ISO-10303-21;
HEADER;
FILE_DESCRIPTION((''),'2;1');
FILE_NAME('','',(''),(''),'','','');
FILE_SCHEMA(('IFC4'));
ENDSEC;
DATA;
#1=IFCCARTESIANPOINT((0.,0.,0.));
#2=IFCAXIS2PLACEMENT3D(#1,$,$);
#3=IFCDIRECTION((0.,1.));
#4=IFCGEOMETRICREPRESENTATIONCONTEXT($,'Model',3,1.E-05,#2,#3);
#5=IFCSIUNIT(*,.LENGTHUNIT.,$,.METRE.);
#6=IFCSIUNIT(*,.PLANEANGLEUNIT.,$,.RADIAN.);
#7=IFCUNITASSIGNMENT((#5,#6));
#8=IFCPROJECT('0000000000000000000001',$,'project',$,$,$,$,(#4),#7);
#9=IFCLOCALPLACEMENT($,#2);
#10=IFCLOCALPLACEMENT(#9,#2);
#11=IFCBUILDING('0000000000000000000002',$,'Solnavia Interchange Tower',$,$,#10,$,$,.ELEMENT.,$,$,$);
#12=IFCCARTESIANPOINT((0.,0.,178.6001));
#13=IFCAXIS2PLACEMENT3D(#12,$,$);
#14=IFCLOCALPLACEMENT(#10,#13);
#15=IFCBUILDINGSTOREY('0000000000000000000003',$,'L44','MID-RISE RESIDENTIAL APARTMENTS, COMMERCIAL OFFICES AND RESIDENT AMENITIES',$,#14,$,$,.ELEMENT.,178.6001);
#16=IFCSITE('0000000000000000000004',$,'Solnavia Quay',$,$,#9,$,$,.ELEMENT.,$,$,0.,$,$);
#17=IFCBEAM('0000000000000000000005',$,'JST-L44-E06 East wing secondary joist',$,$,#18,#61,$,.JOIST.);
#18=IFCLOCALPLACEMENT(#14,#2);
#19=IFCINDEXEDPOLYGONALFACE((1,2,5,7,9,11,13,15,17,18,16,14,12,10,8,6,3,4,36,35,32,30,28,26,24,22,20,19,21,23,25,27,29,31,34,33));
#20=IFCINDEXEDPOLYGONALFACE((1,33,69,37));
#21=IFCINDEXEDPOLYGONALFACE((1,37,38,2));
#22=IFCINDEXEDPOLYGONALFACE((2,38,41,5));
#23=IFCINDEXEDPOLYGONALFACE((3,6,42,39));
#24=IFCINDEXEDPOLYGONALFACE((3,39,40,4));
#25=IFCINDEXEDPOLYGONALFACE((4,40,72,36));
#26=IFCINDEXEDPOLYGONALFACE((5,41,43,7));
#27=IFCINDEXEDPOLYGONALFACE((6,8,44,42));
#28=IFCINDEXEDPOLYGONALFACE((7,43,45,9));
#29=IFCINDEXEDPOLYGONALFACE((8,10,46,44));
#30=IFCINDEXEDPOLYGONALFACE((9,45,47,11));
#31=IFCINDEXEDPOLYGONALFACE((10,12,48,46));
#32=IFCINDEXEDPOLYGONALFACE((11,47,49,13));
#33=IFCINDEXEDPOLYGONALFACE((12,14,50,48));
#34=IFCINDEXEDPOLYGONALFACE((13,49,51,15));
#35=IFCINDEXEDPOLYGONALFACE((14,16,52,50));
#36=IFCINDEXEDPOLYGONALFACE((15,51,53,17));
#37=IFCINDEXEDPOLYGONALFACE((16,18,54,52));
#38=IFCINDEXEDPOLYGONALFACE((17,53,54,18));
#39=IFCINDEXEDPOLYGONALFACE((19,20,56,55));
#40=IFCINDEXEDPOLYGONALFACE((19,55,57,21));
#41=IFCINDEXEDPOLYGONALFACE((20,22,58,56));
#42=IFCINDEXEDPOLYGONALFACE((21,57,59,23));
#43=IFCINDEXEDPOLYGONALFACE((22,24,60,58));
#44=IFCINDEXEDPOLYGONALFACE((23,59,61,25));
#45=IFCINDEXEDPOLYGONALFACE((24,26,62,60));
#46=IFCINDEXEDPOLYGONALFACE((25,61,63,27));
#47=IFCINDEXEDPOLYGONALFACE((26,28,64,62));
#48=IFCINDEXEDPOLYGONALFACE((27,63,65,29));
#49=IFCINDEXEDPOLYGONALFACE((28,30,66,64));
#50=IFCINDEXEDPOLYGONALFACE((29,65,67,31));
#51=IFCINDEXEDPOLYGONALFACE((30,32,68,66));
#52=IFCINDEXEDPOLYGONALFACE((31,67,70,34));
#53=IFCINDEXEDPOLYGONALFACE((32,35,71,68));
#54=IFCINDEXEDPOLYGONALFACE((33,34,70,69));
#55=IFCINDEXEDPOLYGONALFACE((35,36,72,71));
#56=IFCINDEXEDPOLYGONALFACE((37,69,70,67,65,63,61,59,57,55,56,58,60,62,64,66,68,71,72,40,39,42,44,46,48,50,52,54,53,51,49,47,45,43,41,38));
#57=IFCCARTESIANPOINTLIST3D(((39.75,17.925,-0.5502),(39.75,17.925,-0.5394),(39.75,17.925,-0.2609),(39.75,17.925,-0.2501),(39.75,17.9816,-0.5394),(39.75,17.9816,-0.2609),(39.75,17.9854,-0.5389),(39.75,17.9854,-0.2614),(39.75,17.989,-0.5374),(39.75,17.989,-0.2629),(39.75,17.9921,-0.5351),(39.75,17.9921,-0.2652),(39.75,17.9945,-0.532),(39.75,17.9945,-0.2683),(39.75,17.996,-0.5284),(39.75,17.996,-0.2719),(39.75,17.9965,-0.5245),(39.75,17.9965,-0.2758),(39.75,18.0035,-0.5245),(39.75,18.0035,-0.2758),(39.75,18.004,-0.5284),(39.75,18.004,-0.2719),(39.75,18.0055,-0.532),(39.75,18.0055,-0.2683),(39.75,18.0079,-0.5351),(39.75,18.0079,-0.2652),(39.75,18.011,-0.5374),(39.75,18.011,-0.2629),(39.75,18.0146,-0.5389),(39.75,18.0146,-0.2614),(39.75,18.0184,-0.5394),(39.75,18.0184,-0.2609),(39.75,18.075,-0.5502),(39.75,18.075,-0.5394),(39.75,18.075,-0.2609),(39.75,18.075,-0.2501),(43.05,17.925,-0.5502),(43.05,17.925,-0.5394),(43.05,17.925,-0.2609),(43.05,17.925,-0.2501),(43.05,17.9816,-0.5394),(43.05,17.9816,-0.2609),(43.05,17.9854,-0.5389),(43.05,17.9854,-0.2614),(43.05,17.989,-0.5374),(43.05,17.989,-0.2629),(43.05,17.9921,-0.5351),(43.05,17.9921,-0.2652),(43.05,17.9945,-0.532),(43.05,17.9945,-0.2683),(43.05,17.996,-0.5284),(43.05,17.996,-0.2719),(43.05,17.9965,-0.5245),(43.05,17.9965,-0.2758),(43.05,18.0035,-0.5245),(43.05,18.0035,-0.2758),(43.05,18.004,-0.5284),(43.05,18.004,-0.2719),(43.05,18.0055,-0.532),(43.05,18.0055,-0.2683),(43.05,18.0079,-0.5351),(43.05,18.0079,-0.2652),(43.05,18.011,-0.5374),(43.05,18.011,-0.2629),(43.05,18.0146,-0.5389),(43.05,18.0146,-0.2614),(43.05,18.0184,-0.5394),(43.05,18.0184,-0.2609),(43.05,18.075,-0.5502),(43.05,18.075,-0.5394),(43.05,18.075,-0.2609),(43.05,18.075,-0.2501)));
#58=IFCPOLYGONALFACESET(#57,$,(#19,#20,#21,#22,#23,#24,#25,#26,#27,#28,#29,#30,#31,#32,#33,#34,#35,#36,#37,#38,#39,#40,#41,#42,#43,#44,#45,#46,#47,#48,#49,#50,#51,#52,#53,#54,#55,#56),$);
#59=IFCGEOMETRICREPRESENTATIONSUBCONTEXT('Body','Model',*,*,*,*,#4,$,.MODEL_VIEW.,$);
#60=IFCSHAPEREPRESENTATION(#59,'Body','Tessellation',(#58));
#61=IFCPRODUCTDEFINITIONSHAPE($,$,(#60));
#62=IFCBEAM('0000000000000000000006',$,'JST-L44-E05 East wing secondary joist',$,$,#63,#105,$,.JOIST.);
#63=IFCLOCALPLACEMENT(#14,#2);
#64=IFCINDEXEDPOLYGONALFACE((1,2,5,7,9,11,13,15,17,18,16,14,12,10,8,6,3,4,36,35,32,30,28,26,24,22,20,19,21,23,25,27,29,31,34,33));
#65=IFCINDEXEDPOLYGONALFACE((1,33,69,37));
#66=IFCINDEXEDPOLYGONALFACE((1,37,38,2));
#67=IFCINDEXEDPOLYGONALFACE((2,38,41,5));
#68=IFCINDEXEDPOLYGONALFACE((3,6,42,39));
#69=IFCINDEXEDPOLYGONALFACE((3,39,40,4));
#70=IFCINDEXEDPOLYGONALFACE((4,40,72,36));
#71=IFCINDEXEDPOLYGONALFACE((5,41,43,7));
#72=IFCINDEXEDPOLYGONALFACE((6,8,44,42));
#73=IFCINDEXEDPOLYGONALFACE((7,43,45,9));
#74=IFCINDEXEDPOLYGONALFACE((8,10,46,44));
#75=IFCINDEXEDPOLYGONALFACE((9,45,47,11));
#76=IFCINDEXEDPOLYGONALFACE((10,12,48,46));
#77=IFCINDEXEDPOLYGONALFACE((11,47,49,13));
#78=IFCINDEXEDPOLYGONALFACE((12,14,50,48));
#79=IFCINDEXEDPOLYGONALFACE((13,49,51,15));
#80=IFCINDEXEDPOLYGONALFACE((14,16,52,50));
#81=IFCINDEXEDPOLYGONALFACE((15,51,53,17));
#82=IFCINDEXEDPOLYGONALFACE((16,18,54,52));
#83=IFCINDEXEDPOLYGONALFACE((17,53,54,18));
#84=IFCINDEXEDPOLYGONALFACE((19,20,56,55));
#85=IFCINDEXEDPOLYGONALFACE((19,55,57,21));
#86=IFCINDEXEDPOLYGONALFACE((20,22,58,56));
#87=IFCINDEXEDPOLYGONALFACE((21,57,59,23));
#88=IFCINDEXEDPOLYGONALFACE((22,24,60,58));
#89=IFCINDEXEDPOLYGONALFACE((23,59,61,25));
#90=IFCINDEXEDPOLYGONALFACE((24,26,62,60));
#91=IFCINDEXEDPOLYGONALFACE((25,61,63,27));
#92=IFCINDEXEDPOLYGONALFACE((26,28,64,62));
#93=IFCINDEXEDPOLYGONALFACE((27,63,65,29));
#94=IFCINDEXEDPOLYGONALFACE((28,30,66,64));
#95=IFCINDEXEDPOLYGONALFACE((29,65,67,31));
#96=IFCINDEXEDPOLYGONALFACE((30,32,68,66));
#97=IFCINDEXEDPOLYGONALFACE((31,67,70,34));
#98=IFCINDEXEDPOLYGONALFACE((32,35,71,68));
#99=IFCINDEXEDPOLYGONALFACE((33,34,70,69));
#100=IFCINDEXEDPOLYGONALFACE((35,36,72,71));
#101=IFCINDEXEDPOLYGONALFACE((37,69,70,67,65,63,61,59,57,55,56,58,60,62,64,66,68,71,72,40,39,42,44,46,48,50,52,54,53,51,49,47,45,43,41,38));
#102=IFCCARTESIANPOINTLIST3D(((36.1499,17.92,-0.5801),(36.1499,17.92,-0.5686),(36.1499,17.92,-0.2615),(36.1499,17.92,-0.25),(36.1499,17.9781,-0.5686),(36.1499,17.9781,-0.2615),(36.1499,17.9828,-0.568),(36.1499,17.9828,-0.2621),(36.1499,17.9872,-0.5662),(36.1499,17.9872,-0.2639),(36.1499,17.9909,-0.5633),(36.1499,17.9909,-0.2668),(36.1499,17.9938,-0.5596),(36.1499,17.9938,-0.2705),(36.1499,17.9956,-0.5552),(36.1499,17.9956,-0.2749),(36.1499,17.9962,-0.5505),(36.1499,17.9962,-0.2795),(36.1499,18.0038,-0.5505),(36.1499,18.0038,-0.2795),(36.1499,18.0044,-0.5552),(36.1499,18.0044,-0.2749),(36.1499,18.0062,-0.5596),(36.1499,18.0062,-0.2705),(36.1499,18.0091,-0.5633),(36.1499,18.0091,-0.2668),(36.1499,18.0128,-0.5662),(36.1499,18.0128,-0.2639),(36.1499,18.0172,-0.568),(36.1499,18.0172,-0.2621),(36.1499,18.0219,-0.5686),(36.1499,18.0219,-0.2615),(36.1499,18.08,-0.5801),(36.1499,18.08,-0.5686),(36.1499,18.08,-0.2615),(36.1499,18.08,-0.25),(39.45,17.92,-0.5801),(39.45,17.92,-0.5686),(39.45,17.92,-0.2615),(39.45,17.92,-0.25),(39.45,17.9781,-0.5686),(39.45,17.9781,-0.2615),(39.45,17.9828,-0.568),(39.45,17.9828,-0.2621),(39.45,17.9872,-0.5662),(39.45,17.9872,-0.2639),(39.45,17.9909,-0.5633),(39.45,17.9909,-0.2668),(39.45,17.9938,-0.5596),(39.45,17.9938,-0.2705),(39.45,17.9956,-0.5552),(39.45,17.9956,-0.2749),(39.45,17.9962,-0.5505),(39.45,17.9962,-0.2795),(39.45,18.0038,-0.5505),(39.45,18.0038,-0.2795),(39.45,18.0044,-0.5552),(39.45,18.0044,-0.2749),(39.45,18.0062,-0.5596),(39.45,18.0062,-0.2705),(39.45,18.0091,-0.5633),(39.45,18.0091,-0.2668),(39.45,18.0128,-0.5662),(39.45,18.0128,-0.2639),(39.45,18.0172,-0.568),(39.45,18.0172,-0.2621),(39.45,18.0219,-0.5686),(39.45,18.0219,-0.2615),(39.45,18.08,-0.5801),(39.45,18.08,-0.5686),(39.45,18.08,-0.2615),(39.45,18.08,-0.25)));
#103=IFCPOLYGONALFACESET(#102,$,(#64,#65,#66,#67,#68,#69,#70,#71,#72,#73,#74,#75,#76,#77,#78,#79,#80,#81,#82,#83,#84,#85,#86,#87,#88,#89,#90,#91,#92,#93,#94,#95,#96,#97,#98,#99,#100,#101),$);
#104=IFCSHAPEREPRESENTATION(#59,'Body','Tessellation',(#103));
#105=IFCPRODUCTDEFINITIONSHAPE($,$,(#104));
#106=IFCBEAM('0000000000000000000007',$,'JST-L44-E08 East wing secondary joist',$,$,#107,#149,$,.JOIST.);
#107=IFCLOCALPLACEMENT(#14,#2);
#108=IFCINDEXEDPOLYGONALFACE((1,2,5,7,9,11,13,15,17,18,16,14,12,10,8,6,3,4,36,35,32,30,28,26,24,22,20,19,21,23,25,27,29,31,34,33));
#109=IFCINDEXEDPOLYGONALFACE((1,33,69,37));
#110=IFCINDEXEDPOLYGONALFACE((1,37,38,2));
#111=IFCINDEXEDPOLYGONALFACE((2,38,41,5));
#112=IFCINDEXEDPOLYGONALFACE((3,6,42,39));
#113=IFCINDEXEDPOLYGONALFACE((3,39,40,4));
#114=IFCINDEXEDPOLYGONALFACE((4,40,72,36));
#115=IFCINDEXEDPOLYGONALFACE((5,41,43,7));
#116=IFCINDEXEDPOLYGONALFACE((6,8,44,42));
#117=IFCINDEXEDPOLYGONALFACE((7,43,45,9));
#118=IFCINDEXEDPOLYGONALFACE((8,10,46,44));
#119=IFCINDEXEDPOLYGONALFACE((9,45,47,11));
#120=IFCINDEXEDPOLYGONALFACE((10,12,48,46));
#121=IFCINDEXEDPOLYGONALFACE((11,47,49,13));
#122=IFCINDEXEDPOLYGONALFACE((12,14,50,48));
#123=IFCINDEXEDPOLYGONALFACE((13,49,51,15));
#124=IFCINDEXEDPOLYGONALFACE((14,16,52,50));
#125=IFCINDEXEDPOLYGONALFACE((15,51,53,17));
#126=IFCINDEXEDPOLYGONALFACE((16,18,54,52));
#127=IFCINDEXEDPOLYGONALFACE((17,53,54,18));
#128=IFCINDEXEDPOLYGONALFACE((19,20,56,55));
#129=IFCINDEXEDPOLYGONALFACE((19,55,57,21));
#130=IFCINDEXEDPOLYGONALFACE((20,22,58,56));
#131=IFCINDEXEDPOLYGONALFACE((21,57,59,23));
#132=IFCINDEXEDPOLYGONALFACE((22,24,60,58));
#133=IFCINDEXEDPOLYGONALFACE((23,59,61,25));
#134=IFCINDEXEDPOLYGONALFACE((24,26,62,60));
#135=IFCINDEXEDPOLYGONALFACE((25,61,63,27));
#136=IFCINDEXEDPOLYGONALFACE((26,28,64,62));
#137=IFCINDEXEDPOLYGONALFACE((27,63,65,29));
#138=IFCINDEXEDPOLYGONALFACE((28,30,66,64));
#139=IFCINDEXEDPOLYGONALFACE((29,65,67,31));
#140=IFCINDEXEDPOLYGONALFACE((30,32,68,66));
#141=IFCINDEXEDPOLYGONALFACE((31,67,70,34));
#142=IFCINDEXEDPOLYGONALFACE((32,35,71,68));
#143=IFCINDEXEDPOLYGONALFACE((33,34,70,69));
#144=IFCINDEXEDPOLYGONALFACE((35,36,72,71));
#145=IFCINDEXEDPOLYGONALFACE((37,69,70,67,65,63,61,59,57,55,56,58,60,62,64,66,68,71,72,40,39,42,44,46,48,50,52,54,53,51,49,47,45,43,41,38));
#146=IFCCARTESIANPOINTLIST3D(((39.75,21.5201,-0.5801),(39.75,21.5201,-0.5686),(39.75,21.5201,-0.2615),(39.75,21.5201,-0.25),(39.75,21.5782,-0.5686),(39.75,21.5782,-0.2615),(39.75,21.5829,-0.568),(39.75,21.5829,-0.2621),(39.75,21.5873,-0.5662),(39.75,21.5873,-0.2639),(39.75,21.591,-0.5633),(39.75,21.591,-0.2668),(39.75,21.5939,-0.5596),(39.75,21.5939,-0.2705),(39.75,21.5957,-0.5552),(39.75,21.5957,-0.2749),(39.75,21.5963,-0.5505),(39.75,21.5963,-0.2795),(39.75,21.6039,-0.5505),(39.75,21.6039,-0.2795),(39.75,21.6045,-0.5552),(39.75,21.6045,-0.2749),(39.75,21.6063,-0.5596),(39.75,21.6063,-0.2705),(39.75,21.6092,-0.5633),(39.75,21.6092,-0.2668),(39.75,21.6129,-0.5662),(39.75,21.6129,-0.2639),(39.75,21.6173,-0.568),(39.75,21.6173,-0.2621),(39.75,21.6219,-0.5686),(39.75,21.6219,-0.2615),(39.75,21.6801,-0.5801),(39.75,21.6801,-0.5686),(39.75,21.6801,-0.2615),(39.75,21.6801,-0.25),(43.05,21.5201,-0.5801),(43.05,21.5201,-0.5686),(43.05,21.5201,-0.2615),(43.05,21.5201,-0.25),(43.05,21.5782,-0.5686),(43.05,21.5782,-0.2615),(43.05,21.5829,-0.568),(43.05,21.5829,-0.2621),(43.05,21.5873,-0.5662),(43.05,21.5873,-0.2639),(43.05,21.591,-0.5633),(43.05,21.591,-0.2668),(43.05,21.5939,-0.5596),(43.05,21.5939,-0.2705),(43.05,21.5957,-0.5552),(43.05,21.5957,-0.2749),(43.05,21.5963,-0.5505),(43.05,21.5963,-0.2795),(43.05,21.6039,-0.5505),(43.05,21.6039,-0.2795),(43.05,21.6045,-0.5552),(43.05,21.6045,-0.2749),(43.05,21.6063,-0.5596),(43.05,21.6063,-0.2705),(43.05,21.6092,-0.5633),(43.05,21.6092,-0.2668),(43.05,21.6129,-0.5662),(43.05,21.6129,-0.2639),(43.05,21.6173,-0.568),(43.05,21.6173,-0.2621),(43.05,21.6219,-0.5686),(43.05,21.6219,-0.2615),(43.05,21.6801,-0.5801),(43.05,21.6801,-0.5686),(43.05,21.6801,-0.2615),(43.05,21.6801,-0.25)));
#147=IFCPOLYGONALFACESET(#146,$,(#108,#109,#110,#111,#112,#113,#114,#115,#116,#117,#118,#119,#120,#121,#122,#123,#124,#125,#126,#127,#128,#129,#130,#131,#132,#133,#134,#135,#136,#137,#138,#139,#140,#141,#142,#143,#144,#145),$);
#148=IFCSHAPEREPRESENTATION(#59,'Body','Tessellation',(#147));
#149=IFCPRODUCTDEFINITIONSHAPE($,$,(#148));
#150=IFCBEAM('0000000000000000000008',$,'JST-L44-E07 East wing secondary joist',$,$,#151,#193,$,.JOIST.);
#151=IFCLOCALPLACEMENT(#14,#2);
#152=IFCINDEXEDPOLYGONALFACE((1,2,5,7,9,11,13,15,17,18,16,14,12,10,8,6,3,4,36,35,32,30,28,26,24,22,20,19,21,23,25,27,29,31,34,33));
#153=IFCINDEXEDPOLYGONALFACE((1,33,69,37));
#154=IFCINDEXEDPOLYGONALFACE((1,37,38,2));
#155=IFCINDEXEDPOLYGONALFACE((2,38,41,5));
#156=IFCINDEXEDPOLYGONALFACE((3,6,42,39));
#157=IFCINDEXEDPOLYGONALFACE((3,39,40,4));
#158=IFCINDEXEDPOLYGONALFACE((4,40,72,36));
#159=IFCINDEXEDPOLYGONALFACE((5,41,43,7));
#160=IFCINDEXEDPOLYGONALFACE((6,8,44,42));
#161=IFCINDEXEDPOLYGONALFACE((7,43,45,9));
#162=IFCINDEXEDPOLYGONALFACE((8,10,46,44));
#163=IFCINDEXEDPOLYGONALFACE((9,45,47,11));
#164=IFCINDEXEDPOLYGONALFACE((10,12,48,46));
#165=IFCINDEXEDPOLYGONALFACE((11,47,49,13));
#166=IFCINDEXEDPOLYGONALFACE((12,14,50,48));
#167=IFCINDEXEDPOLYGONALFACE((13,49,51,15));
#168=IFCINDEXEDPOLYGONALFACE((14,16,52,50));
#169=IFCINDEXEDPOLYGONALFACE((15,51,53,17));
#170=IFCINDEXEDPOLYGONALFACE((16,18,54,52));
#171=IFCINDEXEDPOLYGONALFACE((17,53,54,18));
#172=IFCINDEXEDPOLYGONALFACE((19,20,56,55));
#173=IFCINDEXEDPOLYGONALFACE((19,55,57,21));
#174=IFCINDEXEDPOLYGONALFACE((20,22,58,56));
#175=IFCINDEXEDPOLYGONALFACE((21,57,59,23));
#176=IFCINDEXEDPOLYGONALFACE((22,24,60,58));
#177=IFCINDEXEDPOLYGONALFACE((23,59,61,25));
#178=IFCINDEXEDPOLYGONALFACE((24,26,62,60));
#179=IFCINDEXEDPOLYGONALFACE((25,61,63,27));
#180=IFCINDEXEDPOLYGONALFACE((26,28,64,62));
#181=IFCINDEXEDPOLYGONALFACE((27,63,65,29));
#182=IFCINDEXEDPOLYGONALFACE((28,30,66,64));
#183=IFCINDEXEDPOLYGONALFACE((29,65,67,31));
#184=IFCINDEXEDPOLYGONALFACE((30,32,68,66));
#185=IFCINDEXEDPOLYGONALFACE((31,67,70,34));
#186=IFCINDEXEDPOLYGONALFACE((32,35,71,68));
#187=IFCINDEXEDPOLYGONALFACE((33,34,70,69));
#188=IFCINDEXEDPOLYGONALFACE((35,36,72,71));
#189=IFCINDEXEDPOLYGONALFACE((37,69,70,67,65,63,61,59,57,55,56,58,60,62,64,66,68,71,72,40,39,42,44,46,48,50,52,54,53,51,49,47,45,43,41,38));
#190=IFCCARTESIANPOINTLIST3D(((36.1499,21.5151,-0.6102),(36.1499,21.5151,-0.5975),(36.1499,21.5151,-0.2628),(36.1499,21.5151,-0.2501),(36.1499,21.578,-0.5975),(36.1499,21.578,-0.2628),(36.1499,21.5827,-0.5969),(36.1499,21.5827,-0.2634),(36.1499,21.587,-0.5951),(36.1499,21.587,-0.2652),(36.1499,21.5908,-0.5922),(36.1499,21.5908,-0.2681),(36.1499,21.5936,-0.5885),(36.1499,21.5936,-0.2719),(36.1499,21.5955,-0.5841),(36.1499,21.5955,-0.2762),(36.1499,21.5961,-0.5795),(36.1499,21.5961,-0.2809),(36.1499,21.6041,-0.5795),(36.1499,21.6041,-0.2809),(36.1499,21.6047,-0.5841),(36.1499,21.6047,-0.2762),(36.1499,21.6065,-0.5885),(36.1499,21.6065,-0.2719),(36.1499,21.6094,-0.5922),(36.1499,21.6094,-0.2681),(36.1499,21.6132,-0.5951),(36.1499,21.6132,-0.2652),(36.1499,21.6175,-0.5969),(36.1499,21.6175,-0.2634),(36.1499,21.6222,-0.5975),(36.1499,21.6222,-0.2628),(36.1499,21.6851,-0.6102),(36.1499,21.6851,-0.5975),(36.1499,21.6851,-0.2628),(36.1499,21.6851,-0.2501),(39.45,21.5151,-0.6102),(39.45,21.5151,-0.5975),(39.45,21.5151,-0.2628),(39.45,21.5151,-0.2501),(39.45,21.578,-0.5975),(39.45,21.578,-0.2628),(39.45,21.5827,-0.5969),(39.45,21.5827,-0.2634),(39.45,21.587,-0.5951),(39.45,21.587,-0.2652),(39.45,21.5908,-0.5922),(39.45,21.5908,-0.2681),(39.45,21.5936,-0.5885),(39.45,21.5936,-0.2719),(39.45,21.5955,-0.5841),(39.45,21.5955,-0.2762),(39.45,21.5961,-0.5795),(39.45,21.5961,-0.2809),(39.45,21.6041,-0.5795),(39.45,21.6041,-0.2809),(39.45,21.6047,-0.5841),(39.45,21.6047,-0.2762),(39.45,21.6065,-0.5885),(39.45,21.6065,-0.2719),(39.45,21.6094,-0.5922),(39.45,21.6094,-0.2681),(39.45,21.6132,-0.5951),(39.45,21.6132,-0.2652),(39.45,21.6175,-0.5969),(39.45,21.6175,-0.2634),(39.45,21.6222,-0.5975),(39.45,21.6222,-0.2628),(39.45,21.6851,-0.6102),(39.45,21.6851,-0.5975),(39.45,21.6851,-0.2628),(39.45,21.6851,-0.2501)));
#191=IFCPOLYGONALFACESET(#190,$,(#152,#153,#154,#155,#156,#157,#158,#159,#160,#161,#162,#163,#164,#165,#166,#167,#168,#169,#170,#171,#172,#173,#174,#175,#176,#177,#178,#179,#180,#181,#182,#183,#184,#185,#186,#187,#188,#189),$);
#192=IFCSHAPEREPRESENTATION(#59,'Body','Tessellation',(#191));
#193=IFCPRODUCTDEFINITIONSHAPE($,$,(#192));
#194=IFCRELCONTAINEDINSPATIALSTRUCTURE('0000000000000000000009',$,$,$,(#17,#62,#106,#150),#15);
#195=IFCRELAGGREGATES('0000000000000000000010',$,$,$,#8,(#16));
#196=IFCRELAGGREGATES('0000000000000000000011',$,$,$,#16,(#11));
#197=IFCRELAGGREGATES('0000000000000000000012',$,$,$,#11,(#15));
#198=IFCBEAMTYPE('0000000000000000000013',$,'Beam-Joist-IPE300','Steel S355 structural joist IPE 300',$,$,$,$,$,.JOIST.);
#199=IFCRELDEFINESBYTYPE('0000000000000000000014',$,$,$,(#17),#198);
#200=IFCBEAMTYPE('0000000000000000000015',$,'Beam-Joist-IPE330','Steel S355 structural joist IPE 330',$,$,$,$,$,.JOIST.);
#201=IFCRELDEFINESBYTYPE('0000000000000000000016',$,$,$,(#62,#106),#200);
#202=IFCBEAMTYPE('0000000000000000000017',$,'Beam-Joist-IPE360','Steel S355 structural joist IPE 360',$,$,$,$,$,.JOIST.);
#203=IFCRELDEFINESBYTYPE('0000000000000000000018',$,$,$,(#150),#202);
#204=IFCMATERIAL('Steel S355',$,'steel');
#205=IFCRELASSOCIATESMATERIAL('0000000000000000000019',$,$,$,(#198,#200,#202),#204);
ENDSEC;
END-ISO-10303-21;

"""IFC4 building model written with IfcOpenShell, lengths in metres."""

from ifc_helpers import new_model, si_unit, direction, frame, origin, origin_2d, place, context, subcontext, project, spatial, i_section, extrude, material, material_profile, profile_set, type_object, element, save


model = new_model("IFC4")

# Units and contexts
model_context = context("Model", 3, precision=1e-05, world=origin(), true_north=direction((0.0, 1.0)))
body_context = subcontext(model_context, "Body", "Model", "MODEL_VIEW")
ifc_project = project(units=[si_unit("LENGTHUNIT", "METRE"), si_unit("PLANEANGLEUNIT", "RADIAN")], contexts=[model_context])

# Site, building, storey
site_placement = place(None, origin())
site = spatial("IfcSite", under=ifc_project, at=site_placement, Name="Solnavia Quay", CompositionType="ELEMENT", RefElevation=0.0)
building_placement = place(site_placement, origin())
building = spatial("IfcBuilding", under=site, at=building_placement, Name="Solnavia Interchange Tower", CompositionType="ELEMENT")
storey_placement = place(building_placement, frame((0.0, 0.0, 178.6001)))
storey = spatial("IfcBuildingStorey", under=building, at=storey_placement, Name="L44", Description="MID-RISE RESIDENTIAL APARTMENTS, COMMERCIAL OFFICES AND RESIDENT AMENITIES", CompositionType="ELEMENT", Elevation=178.6001)

# Shared definitions
ifc_material_1 = material(Name="Steel S355", Category="steel")

# Beams
ifc_material_profile_1 = material_profile(ifc_material_1, i_section(OverallWidth=0.1499, OverallDepth=0.3, WebThickness=0.0071, FlangeThickness=0.0107, FilletRadius=0.0149, at=origin_2d()), Name="IPE 300")
ifc_profile_set_1 = profile_set([ifc_material_profile_1], Name="Steel S355")
beam_type_1 = type_object("IfcBeamType", Name="Beam-Joist-IPE300", Description="Steel S355 structural joist IPE 300", PredefinedType="JOIST", material=ifc_profile_set_1)
beam_1_placement = place(storey_placement, frame((39.75, 18.0, -0.4001), z_axis=(1.0, 0.0, 0.0), x_axis=(0.0, 1.0, 0.0)))
element("IfcBeam", 1, at=beam_1_placement, inside=storey, type_object=beam_type_1, Name="JST-L44-E06 East wing secondary joist", PredefinedType="JOIST", context=body_context, shape_type="SweptSolid", body=[
    extrude(i_section(OverallWidth=0.1499, OverallDepth=0.3, WebThickness=0.0071, FlangeThickness=0.0107, FilletRadius=0.0149, at=origin_2d()), origin(), (0.0, 0.0, 1.0), 3.3),
])
ifc_material_profile_2 = material_profile(ifc_material_1, i_section(OverallWidth=0.1599, OverallDepth=0.3301, WebThickness=0.0076, FlangeThickness=0.0115, FilletRadius=0.0181, at=origin_2d()), Name="IPE 330")
ifc_profile_set_2 = profile_set([ifc_material_profile_2], Name="Steel S355")
beam_type_2 = type_object("IfcBeamType", Name="Beam-Joist-IPE330", Description="Steel S355 structural joist IPE 330", PredefinedType="JOIST", material=ifc_profile_set_2)
for number, where, z_axis, x_axis, name in (
    (2, (36.1499, 18.0, -0.415), (1.0, 0.0, 0.0), (0.0, 1.0, 0.0), "JST-L44-E05 East wing secondary joist"),
    (3, (39.75, 21.6001, -0.415), (1.0, 0.0, 0.0), (0.0, 1.0, 0.0), "JST-L44-E08 East wing secondary joist"),
):
    element("IfcBeam", number, at=place(storey_placement, frame(where, z_axis=z_axis, x_axis=x_axis)), inside=storey, type_object=beam_type_2, Name=name, PredefinedType="JOIST", context=body_context, shape_type="SweptSolid", body=[
        extrude(i_section(OverallWidth=0.1599, OverallDepth=0.3301, WebThickness=0.0076, FlangeThickness=0.0115, FilletRadius=0.0181, at=origin_2d()), origin(), (0.0, 0.0, 1.0), 3.3),
    ])
ifc_material_profile_3 = material_profile(ifc_material_1, i_section(OverallWidth=0.1699, OverallDepth=0.3601, WebThickness=0.0081, FlangeThickness=0.0127, FilletRadius=0.0181, at=origin_2d()), Name="IPE 360")
ifc_profile_set_3 = profile_set([ifc_material_profile_3], Name="Steel S355")
beam_type_3 = type_object("IfcBeamType", Name="Beam-Joist-IPE360", Description="Steel S355 structural joist IPE 360", PredefinedType="JOIST", material=ifc_profile_set_3)
beam_2_placement = place(storey_placement, frame((36.1499, 21.6001, -0.4302), z_axis=(1.0, 0.0, 0.0), x_axis=(0.0, 1.0, 0.0)))
element("IfcBeam", 4, at=beam_2_placement, inside=storey, type_object=beam_type_3, Name="JST-L44-E07 East wing secondary joist", PredefinedType="JOIST", context=body_context, shape_type="SweptSolid", body=[
    extrude(i_section(OverallWidth=0.1699, OverallDepth=0.3601, WebThickness=0.0081, FlangeThickness=0.0127, FilletRadius=0.0181, at=origin_2d()), origin(), (0.0, 0.0, 1.0), 3.3),
])

save(model, "model.ifc")
